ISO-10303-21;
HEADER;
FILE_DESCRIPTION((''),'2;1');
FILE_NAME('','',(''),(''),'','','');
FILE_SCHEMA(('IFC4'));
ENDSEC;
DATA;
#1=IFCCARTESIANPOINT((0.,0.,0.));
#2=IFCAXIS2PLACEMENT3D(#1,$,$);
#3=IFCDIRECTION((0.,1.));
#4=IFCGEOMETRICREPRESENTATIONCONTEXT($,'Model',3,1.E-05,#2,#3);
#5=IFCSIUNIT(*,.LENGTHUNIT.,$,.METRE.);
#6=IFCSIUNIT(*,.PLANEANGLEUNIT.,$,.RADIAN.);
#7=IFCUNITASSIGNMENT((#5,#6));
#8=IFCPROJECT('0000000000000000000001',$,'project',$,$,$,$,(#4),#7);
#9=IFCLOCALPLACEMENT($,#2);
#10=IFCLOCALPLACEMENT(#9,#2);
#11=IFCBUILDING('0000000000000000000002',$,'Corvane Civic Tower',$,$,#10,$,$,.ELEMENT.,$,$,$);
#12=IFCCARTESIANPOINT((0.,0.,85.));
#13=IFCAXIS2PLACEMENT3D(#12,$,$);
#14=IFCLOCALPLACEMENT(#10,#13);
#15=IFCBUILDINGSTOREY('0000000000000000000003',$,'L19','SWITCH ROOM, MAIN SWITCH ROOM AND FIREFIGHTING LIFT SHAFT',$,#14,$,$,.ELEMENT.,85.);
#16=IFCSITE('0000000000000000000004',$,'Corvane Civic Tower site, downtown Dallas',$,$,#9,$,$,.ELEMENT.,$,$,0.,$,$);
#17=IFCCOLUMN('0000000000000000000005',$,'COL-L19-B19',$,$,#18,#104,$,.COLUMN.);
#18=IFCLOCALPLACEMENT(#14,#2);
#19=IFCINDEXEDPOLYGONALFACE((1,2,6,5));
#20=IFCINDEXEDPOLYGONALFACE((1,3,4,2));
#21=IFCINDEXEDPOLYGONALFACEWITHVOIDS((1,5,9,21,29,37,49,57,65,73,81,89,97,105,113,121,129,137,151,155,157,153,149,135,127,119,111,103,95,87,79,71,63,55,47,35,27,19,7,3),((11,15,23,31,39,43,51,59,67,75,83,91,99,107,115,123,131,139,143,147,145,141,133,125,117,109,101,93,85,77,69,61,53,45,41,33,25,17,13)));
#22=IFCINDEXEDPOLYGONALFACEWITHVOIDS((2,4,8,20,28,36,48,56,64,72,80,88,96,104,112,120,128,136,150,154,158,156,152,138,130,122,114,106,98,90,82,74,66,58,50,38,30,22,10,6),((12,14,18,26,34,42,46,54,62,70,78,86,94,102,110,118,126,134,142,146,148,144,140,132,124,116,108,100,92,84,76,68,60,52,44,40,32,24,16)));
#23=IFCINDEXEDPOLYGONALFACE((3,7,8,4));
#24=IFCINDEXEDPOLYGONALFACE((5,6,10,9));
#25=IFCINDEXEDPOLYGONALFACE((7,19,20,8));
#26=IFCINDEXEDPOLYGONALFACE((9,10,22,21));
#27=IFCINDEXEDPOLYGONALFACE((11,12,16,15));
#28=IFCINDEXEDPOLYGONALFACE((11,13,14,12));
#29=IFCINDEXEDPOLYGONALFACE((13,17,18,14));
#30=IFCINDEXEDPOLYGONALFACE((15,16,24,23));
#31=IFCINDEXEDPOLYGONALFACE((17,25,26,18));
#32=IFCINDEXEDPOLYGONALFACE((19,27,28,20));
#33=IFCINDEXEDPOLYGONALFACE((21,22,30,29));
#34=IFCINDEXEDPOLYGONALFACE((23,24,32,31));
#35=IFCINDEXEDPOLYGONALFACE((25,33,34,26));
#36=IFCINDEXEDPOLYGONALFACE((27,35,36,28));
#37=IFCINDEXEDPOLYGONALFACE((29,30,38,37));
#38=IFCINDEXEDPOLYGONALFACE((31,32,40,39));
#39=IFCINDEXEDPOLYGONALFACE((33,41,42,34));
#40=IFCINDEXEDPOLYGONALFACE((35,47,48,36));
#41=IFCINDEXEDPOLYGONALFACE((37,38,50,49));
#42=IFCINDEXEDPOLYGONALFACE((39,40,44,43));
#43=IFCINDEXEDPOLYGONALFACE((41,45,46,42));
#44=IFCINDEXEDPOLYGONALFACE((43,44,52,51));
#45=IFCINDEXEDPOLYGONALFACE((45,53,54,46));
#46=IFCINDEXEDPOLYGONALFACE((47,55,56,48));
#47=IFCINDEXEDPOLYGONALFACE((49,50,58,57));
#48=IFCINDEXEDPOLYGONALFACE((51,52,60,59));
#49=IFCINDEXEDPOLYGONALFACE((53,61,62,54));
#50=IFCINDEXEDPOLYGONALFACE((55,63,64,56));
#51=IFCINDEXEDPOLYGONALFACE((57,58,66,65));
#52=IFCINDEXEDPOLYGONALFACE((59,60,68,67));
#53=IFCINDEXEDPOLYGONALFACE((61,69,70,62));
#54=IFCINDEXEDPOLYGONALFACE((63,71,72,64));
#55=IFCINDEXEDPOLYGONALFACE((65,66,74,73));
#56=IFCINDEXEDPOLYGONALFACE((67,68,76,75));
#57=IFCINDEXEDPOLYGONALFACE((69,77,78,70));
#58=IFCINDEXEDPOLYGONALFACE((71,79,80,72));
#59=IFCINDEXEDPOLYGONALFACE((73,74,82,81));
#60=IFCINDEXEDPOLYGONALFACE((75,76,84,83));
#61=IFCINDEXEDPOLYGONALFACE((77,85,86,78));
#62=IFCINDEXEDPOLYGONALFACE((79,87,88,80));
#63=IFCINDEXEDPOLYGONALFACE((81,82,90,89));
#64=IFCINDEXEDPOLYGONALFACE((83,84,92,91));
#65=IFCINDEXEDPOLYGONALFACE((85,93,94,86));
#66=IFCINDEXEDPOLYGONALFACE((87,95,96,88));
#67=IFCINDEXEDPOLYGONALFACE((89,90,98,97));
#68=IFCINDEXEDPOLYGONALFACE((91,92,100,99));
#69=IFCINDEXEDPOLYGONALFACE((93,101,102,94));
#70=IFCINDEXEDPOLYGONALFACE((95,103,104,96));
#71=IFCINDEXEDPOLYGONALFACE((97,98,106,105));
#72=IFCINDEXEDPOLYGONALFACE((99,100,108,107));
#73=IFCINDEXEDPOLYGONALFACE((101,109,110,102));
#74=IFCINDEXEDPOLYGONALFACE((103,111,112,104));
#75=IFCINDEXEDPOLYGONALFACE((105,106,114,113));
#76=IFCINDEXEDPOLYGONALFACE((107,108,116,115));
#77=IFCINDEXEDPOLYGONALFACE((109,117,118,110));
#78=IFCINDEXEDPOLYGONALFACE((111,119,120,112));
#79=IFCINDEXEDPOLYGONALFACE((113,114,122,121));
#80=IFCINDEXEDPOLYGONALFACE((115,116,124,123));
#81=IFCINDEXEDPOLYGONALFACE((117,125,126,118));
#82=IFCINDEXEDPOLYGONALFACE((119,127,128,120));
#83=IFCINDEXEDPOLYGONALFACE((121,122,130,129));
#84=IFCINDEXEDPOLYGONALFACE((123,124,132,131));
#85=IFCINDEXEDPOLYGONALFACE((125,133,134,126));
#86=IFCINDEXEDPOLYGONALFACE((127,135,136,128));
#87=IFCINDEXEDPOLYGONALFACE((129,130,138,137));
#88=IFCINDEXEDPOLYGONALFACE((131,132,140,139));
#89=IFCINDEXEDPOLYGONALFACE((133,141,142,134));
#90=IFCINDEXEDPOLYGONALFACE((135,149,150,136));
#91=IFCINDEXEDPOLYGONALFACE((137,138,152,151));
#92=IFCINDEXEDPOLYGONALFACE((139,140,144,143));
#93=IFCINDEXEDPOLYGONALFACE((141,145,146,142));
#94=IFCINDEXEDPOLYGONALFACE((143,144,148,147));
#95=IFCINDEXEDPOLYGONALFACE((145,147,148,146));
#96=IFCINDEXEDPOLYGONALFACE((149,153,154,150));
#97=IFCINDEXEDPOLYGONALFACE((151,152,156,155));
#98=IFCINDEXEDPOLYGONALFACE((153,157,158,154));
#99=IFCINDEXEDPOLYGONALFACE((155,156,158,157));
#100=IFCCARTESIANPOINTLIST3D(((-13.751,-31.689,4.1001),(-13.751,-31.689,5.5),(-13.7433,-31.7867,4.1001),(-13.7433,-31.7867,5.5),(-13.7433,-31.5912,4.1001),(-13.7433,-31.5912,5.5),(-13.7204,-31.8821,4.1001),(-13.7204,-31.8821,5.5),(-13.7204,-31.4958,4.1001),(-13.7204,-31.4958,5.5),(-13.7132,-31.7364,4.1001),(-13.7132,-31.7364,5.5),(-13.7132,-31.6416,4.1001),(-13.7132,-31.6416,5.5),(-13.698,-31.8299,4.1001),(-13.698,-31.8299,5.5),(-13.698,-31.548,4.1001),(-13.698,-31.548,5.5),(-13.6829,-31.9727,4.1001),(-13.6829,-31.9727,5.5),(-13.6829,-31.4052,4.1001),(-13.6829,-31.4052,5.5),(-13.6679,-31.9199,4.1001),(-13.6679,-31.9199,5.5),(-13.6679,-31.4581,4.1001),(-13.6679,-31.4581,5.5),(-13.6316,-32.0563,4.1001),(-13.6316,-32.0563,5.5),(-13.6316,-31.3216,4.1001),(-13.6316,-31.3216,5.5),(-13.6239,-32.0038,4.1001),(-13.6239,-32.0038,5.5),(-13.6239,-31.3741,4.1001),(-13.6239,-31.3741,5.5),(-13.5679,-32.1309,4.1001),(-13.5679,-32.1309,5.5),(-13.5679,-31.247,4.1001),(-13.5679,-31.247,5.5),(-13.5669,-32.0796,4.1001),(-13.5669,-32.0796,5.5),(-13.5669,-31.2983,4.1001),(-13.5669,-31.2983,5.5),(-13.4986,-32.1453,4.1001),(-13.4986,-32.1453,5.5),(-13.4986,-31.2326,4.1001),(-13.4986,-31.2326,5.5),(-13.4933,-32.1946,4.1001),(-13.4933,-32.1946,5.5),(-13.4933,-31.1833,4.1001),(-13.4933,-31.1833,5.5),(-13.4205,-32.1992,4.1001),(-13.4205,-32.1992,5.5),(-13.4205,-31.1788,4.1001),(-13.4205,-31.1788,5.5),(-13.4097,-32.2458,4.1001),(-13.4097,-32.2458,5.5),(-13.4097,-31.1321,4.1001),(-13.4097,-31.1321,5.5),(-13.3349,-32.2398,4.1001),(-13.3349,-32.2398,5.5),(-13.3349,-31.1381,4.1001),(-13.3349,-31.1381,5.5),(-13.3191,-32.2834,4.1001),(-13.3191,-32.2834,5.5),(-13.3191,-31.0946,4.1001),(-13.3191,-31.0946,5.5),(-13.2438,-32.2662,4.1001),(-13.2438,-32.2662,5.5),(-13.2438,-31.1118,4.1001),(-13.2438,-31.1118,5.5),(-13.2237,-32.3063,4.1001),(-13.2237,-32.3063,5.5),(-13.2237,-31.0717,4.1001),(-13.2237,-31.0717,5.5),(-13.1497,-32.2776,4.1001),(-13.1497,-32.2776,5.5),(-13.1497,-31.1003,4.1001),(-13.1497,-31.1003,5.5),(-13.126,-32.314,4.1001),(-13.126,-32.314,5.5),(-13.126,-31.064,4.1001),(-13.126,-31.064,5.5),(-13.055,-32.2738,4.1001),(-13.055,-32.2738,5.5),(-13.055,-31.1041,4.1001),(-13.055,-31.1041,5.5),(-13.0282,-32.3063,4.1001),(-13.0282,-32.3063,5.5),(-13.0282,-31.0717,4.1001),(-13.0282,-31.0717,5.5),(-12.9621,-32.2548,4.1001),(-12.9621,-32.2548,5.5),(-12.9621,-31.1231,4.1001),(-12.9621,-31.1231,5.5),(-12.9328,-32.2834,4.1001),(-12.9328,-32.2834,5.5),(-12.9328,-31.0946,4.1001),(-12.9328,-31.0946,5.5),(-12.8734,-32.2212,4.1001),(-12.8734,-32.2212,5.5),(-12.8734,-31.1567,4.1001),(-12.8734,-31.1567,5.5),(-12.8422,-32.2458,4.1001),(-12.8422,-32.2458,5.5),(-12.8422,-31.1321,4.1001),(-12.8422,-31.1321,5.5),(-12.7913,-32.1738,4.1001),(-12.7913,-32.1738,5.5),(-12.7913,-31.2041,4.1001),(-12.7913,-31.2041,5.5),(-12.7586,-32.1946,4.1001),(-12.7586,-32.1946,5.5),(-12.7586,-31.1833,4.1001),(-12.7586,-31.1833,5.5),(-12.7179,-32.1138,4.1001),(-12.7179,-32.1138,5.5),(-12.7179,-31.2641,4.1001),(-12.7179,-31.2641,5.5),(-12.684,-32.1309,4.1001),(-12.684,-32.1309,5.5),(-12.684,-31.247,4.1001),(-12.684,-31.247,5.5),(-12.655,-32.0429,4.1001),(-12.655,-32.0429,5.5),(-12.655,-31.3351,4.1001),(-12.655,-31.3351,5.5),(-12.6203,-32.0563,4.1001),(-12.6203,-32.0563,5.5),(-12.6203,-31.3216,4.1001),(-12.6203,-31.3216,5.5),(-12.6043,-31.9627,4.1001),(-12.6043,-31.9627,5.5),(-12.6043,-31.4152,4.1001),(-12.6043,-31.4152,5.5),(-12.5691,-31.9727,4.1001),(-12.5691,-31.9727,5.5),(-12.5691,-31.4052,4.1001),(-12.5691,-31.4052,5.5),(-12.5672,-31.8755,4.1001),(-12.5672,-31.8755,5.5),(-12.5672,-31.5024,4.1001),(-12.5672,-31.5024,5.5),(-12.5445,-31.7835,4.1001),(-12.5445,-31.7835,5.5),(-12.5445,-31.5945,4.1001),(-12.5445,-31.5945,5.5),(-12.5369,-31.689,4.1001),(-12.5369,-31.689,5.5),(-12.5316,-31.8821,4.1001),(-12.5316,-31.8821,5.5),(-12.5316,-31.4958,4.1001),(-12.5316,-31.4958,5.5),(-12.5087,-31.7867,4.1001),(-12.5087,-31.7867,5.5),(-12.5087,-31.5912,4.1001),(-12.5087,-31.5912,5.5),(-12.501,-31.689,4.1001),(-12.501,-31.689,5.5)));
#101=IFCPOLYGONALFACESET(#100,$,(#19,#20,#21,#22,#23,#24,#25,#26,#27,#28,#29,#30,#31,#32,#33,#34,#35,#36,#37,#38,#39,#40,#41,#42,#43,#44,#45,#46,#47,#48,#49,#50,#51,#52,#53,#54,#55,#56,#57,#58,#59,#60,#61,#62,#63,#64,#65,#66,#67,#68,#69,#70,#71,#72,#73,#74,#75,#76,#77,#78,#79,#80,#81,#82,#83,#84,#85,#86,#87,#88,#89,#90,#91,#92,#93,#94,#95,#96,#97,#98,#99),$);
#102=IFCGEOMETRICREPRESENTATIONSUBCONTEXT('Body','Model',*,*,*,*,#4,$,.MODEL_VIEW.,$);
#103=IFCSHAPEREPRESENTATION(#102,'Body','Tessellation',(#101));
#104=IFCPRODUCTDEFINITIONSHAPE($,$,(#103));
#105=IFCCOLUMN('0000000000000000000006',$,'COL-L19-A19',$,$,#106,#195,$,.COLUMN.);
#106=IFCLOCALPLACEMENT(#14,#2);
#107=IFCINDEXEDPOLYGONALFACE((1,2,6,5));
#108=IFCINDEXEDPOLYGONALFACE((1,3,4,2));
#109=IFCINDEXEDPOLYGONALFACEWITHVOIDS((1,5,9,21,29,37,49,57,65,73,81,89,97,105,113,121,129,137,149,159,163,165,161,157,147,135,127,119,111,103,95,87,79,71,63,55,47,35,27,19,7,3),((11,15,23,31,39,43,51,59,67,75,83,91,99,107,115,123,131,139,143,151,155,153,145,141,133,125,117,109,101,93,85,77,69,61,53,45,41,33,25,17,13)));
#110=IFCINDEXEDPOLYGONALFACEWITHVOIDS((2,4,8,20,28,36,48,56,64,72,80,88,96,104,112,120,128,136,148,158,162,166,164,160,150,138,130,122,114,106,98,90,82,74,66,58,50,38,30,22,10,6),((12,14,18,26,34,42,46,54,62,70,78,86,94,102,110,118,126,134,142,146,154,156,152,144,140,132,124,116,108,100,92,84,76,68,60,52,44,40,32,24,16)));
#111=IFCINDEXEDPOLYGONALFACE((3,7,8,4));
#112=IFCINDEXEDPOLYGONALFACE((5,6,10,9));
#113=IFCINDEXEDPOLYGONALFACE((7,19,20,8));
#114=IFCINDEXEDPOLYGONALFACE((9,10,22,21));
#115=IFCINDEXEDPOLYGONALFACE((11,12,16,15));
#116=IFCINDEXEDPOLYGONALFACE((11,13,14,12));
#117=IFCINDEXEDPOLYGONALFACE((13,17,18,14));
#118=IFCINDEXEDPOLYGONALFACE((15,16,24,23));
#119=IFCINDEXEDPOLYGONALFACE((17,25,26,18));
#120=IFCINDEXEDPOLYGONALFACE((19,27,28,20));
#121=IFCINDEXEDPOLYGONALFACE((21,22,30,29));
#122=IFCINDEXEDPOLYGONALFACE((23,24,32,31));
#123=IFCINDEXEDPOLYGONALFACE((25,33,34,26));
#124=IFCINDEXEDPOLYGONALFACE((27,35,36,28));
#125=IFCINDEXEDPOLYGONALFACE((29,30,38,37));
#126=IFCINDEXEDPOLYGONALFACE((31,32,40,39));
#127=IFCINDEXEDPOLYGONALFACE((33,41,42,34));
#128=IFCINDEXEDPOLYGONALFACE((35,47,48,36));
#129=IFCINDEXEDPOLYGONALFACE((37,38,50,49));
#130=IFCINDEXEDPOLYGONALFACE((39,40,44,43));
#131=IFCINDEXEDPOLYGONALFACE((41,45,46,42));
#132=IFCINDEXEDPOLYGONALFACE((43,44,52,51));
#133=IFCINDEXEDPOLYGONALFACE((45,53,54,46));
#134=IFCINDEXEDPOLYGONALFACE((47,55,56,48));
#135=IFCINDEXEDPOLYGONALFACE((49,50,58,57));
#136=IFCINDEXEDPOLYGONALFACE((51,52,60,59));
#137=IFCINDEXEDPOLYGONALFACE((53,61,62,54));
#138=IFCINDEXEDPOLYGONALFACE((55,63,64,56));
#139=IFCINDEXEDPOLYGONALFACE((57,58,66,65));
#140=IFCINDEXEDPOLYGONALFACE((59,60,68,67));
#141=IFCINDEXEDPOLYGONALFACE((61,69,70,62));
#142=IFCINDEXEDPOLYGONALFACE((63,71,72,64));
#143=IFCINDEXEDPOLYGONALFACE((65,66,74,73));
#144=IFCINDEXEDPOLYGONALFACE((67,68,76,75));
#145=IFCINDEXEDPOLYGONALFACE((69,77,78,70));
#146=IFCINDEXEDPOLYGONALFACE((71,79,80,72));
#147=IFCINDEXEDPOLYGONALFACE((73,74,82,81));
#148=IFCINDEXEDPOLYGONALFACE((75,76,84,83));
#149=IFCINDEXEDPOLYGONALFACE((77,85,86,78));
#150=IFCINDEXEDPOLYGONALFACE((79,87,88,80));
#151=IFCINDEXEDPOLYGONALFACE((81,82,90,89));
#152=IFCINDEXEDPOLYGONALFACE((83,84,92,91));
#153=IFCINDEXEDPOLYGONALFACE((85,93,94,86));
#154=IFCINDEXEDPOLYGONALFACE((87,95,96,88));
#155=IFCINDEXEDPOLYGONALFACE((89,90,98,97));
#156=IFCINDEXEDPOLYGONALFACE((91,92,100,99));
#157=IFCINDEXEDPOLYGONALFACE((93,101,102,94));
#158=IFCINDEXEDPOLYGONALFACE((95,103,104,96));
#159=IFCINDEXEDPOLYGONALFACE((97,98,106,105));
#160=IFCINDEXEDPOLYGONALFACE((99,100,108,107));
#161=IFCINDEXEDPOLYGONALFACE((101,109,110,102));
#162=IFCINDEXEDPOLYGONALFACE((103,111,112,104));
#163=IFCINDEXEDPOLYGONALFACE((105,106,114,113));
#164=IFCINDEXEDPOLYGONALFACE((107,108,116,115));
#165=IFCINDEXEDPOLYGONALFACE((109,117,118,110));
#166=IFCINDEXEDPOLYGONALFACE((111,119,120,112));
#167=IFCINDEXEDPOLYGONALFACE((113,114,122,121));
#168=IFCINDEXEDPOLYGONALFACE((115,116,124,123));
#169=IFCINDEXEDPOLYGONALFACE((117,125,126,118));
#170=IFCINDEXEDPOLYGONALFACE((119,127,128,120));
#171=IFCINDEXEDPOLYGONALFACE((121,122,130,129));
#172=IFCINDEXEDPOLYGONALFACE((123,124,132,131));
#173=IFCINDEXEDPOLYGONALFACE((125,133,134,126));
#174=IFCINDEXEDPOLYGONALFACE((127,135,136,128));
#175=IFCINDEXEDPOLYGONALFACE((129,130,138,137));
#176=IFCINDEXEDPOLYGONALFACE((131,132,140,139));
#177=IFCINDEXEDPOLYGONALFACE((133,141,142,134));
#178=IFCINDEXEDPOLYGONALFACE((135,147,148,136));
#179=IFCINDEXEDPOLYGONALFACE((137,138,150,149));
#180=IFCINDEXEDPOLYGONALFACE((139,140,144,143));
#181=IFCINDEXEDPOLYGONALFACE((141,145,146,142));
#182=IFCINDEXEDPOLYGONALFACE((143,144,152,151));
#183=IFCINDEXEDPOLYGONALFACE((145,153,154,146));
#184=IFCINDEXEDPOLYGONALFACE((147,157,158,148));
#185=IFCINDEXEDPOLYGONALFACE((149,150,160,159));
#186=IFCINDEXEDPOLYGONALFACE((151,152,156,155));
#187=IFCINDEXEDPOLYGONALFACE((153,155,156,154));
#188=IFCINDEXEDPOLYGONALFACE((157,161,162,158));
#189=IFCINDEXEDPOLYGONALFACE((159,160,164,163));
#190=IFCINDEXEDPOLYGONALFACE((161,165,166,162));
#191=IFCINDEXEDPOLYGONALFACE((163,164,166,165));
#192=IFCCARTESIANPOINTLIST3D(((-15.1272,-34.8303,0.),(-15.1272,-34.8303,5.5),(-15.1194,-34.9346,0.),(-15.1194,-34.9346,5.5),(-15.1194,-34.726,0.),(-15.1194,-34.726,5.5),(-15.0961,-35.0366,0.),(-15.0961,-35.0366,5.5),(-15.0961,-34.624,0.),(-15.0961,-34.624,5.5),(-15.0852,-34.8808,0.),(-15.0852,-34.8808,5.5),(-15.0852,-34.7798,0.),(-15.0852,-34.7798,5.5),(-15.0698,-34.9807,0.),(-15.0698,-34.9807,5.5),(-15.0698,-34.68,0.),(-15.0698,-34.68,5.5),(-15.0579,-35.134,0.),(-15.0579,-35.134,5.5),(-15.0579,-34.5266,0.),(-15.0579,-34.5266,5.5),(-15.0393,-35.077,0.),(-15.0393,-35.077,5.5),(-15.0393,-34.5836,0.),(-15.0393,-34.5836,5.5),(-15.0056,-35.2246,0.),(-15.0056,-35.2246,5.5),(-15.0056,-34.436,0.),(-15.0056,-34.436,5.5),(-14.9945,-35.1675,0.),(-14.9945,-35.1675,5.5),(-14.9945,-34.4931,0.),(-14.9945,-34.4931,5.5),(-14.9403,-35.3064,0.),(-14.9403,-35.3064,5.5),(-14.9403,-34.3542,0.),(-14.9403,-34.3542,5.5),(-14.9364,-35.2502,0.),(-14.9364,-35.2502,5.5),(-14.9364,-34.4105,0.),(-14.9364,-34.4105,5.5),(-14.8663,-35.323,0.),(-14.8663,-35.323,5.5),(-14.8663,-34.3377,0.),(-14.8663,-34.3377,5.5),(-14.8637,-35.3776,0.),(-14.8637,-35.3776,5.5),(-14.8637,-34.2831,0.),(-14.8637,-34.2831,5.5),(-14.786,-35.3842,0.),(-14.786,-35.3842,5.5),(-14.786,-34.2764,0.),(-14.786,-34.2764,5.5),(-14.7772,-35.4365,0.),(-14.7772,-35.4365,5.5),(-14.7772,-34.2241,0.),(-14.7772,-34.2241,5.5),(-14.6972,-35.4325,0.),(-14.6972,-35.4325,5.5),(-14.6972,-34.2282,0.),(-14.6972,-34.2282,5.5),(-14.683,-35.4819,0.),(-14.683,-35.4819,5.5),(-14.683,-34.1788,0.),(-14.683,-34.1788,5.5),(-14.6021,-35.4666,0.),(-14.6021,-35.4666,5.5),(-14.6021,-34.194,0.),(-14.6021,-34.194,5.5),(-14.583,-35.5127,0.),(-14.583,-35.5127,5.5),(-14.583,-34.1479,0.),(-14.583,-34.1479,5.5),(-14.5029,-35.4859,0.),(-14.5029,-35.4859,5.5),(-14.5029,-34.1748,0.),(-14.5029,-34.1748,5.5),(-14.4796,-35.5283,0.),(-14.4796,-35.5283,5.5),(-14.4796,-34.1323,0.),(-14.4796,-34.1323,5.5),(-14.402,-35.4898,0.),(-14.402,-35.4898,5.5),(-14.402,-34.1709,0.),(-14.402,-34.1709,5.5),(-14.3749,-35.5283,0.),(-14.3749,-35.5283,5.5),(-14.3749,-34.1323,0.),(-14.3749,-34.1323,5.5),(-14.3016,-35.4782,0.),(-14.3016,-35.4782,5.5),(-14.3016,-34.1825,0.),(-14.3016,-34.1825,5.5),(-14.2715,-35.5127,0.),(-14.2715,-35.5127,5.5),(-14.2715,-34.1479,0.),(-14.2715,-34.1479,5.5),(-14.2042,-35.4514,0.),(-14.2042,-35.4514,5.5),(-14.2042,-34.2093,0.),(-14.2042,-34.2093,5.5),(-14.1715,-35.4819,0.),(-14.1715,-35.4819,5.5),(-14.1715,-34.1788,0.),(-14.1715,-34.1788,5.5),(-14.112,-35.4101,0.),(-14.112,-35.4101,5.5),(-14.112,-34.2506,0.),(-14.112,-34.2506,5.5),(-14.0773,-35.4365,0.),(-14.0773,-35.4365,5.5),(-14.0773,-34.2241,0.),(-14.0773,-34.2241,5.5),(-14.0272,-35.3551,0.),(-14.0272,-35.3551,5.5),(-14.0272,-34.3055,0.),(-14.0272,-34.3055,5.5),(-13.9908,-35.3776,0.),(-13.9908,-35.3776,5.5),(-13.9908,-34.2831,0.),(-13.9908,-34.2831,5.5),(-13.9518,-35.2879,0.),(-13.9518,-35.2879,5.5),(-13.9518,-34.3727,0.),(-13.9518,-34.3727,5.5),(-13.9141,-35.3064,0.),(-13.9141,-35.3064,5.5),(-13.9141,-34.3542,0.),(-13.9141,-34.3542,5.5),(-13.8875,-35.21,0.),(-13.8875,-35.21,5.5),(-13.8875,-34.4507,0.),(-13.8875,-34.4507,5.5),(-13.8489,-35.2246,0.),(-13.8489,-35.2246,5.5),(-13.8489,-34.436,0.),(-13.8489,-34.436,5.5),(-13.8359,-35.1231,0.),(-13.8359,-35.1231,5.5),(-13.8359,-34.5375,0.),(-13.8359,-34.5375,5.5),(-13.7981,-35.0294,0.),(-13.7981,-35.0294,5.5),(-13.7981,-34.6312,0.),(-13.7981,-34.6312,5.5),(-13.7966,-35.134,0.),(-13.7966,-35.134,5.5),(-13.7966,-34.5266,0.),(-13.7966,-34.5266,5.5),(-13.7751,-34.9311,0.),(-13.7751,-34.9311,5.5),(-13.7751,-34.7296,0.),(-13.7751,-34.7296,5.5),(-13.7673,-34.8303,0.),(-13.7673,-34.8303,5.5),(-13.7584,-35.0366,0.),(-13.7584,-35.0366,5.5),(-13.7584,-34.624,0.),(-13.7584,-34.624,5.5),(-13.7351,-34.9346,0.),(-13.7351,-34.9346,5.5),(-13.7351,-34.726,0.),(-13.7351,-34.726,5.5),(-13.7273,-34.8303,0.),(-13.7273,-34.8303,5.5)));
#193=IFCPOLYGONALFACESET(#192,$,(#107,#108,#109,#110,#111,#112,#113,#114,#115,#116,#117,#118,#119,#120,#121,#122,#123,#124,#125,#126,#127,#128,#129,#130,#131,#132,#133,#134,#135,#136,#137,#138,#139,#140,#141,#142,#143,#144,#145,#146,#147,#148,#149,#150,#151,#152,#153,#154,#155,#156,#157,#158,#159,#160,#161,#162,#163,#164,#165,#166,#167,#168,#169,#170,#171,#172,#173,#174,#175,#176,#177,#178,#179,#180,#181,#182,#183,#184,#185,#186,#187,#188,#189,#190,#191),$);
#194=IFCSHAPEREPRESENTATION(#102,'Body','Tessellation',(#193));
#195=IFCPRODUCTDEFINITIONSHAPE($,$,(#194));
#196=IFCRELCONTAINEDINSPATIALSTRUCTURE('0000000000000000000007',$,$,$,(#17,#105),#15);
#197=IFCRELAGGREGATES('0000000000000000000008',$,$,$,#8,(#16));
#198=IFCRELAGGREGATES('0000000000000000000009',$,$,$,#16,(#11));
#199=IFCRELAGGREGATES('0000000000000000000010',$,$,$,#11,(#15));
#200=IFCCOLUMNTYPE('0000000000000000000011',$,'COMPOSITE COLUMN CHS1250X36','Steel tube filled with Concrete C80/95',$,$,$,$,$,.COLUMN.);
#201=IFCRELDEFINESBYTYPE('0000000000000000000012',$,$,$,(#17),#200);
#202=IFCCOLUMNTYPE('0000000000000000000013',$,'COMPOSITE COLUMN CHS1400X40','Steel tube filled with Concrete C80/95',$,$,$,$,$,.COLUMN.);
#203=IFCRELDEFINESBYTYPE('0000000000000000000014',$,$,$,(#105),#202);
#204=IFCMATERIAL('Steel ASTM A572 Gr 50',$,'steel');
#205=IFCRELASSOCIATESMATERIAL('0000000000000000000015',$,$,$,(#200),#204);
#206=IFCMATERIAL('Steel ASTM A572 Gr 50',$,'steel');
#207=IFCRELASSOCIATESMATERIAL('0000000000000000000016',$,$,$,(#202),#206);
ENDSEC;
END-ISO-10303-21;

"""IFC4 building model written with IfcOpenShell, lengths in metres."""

from ifc_helpers import new_model, si_unit, direction, frame, origin, origin_2d, place, context, subcontext, project, spatial, hollow_circle, extrude, material, material_profile, profile_set, type_object, element, save


model = new_model("IFC4")

# Units and contexts
model_context = context("Model", 3, precision=1e-05, world=origin(), true_north=direction((0.0, 1.0)))
body_context = subcontext(model_context, "Body", "Model", "MODEL_VIEW")
ifc_project = project(units=[si_unit("LENGTHUNIT", "METRE"), si_unit("PLANEANGLEUNIT", "RADIAN")], contexts=[model_context])

# Site, building, storey
site_placement = place(None, origin())
site = spatial("IfcSite", under=ifc_project, at=site_placement, Name="Corvane Civic Tower site, downtown Dallas", CompositionType="ELEMENT", RefElevation=0.0)
building_placement = place(site_placement, origin())
building = spatial("IfcBuilding", under=site, at=building_placement, Name="Corvane Civic Tower", CompositionType="ELEMENT")
storey_placement = place(building_placement, frame((0.0, 0.0, 85.0)))
storey = spatial("IfcBuildingStorey", under=building, at=storey_placement, Name="L19", Description="SWITCH ROOM, MAIN SWITCH ROOM AND FIREFIGHTING LIFT SHAFT", CompositionType="ELEMENT", Elevation=85.0)

# Columns
ifc_material_1 = material(Name="Steel ASTM A572 Gr 50", Category="steel")
ifc_material_profile_1 = material_profile(ifc_material_1, hollow_circle(Radius=0.625, WallThickness=0.0359, at=origin_2d()), Name="CHS1250X36")
ifc_profile_set_1 = profile_set([ifc_material_profile_1], Name="Steel ASTM A572 Gr 50")
column_type_1 = type_object("IfcColumnType", Name="COMPOSITE COLUMN CHS1250X36", Description="Steel tube filled with Concrete C80/95", PredefinedType="COLUMN", material=ifc_profile_set_1)
column_1_placement = place(storey_placement, frame((-13.126, -31.689, 4.1001), z_axis=(0.0, 0.0, 1.0), x_axis=(1.0, 0.0, 0.0)))
element("IfcColumn", 1, at=column_1_placement, inside=storey, type_object=column_type_1, Name="COL-L19-B19", PredefinedType="COLUMN", context=body_context, shape_type="SweptSolid", body=[
    extrude(hollow_circle(Radius=0.625, WallThickness=0.0359, at=origin_2d()), origin(), (0.0, 0.0, 1.0), 1.3999),
])
ifc_material_2 = material(Name="Steel ASTM A572 Gr 50", Category="steel")
ifc_material_profile_2 = material_profile(ifc_material_2, hollow_circle(Radius=0.7, WallThickness=0.04, at=origin_2d()), Name="CHS1400X40")
ifc_profile_set_2 = profile_set([ifc_material_profile_2], Name="Steel ASTM A572 Gr 50")
column_type_2 = type_object("IfcColumnType", Name="COMPOSITE COLUMN CHS1400X40", Description="Steel tube filled with Concrete C80/95", PredefinedType="COLUMN", material=ifc_profile_set_2)
column_2_placement = place(storey_placement, frame((-14.4272, -34.8303, 0.0), z_axis=(0.0, 0.0, 1.0), x_axis=(1.0, 0.0, 0.0)))
element("IfcColumn", 2, at=column_2_placement, inside=storey, type_object=column_type_2, Name="COL-L19-A19", PredefinedType="COLUMN", context=body_context, shape_type="SweptSolid", body=[
    extrude(hollow_circle(Radius=0.7, WallThickness=0.04, at=origin_2d()), origin(), (0.0, 0.0, 1.0), 5.5),
])

save(model, "model.ifc")
